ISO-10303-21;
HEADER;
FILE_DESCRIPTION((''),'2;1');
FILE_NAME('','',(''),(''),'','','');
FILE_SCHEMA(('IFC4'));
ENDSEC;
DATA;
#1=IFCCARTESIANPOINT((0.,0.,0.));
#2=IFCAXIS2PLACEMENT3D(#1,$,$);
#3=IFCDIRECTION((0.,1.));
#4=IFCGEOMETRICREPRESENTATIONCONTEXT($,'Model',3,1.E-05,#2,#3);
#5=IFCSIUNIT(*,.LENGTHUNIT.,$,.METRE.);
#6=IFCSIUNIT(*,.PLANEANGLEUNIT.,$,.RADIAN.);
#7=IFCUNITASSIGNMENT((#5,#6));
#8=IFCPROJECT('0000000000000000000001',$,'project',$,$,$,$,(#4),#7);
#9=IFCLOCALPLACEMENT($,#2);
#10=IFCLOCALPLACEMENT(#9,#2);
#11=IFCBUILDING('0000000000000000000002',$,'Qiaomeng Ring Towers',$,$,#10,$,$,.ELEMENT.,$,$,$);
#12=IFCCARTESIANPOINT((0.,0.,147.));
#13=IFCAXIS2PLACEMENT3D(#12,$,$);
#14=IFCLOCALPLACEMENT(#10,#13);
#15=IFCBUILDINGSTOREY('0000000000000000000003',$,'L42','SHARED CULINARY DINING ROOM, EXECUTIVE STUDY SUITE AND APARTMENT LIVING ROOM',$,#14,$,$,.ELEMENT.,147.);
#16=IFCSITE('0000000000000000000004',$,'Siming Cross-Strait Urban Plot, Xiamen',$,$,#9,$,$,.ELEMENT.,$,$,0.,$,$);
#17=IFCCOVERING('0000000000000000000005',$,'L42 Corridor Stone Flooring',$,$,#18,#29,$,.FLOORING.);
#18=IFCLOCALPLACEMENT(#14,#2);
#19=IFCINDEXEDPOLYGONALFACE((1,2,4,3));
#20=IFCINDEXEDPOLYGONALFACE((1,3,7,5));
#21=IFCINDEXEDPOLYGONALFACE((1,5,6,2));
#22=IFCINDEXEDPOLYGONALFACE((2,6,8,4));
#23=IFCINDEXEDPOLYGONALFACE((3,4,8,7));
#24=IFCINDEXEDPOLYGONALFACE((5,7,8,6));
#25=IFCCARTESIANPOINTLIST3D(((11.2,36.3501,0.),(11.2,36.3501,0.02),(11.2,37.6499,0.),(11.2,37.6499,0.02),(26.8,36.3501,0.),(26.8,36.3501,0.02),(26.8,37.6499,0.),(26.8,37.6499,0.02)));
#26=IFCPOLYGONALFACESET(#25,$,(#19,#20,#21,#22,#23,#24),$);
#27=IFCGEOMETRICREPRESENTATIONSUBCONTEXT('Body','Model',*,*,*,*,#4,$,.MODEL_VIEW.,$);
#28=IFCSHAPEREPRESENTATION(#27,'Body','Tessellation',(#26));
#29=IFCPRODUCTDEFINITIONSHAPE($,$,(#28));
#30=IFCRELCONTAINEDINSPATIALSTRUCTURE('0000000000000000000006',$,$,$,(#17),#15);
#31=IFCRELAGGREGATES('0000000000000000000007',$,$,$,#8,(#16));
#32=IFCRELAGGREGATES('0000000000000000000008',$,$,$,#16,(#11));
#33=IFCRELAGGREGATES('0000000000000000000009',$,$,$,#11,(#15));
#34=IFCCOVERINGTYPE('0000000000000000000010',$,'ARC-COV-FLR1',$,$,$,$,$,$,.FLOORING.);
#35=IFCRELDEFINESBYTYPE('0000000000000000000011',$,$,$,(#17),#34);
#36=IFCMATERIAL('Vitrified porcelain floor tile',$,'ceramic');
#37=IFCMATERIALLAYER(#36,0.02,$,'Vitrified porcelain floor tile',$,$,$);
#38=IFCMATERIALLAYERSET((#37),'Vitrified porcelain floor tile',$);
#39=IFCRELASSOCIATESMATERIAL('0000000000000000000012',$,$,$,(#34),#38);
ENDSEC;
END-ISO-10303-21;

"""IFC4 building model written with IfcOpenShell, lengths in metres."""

from ifc_helpers import new_model, si_unit, direction, frame, origin, place, context, subcontext, project, spatial, polyline, outline, extrude, material, layer, layer_set, type_object, element, save


model = new_model("IFC4")

# Units and contexts
model_context = context("Model", 3, precision=1e-05, world=origin(), true_north=direction((0.0, 1.0)))
body_context = subcontext(model_context, "Body", "Model", "MODEL_VIEW")
ifc_project = project(units=[si_unit("LENGTHUNIT", "METRE"), si_unit("PLANEANGLEUNIT", "RADIAN")], contexts=[model_context])

# Site, building, storey
site_placement = place(None, origin())
site = spatial("IfcSite", under=ifc_project, at=site_placement, Name="Siming Cross-Strait Urban Plot, Xiamen", CompositionType="ELEMENT", RefElevation=0.0)
building_placement = place(site_placement, origin())
building = spatial("IfcBuilding", under=site, at=building_placement, Name="Qiaomeng Ring Towers", CompositionType="ELEMENT")
storey_placement = place(building_placement, frame((0.0, 0.0, 147.0)))
storey = spatial("IfcBuildingStorey", under=building, at=storey_placement, Name="L42", Description="SHARED CULINARY DINING ROOM, EXECUTIVE STUDY SUITE AND APARTMENT LIVING ROOM", CompositionType="ELEMENT", Elevation=147.0)

# Covering
ifc_material_1 = material(Name="Vitrified porcelain floor tile", Category="ceramic")
ifc_layer_1 = layer(ifc_material_1, 0.02, Name="Vitrified porcelain floor tile")
ifc_layer_set_1 = layer_set([ifc_layer_1], Name="Vitrified porcelain floor tile")
covering_type_1 = type_object("IfcCoveringType", Name="ARC-COV-FLR1", PredefinedType="FLOORING", material=ifc_layer_set_1)
covering_1_placement = place(storey_placement, origin())
element("IfcCovering", 1, at=covering_1_placement, inside=storey, type_object=covering_type_1, Name="L42 Corridor Stone Flooring", PredefinedType="FLOORING", context=body_context, shape_type="SweptSolid", body=[
    extrude(outline(polyline([(11.2, 36.3501), (11.2, 37.6499), (26.8, 37.6499), (26.8, 36.3501), (11.2, 36.3501)])), origin(), (0.0, 0.0, 1.0), 0.02),
])

save(model, "model.ifc")
